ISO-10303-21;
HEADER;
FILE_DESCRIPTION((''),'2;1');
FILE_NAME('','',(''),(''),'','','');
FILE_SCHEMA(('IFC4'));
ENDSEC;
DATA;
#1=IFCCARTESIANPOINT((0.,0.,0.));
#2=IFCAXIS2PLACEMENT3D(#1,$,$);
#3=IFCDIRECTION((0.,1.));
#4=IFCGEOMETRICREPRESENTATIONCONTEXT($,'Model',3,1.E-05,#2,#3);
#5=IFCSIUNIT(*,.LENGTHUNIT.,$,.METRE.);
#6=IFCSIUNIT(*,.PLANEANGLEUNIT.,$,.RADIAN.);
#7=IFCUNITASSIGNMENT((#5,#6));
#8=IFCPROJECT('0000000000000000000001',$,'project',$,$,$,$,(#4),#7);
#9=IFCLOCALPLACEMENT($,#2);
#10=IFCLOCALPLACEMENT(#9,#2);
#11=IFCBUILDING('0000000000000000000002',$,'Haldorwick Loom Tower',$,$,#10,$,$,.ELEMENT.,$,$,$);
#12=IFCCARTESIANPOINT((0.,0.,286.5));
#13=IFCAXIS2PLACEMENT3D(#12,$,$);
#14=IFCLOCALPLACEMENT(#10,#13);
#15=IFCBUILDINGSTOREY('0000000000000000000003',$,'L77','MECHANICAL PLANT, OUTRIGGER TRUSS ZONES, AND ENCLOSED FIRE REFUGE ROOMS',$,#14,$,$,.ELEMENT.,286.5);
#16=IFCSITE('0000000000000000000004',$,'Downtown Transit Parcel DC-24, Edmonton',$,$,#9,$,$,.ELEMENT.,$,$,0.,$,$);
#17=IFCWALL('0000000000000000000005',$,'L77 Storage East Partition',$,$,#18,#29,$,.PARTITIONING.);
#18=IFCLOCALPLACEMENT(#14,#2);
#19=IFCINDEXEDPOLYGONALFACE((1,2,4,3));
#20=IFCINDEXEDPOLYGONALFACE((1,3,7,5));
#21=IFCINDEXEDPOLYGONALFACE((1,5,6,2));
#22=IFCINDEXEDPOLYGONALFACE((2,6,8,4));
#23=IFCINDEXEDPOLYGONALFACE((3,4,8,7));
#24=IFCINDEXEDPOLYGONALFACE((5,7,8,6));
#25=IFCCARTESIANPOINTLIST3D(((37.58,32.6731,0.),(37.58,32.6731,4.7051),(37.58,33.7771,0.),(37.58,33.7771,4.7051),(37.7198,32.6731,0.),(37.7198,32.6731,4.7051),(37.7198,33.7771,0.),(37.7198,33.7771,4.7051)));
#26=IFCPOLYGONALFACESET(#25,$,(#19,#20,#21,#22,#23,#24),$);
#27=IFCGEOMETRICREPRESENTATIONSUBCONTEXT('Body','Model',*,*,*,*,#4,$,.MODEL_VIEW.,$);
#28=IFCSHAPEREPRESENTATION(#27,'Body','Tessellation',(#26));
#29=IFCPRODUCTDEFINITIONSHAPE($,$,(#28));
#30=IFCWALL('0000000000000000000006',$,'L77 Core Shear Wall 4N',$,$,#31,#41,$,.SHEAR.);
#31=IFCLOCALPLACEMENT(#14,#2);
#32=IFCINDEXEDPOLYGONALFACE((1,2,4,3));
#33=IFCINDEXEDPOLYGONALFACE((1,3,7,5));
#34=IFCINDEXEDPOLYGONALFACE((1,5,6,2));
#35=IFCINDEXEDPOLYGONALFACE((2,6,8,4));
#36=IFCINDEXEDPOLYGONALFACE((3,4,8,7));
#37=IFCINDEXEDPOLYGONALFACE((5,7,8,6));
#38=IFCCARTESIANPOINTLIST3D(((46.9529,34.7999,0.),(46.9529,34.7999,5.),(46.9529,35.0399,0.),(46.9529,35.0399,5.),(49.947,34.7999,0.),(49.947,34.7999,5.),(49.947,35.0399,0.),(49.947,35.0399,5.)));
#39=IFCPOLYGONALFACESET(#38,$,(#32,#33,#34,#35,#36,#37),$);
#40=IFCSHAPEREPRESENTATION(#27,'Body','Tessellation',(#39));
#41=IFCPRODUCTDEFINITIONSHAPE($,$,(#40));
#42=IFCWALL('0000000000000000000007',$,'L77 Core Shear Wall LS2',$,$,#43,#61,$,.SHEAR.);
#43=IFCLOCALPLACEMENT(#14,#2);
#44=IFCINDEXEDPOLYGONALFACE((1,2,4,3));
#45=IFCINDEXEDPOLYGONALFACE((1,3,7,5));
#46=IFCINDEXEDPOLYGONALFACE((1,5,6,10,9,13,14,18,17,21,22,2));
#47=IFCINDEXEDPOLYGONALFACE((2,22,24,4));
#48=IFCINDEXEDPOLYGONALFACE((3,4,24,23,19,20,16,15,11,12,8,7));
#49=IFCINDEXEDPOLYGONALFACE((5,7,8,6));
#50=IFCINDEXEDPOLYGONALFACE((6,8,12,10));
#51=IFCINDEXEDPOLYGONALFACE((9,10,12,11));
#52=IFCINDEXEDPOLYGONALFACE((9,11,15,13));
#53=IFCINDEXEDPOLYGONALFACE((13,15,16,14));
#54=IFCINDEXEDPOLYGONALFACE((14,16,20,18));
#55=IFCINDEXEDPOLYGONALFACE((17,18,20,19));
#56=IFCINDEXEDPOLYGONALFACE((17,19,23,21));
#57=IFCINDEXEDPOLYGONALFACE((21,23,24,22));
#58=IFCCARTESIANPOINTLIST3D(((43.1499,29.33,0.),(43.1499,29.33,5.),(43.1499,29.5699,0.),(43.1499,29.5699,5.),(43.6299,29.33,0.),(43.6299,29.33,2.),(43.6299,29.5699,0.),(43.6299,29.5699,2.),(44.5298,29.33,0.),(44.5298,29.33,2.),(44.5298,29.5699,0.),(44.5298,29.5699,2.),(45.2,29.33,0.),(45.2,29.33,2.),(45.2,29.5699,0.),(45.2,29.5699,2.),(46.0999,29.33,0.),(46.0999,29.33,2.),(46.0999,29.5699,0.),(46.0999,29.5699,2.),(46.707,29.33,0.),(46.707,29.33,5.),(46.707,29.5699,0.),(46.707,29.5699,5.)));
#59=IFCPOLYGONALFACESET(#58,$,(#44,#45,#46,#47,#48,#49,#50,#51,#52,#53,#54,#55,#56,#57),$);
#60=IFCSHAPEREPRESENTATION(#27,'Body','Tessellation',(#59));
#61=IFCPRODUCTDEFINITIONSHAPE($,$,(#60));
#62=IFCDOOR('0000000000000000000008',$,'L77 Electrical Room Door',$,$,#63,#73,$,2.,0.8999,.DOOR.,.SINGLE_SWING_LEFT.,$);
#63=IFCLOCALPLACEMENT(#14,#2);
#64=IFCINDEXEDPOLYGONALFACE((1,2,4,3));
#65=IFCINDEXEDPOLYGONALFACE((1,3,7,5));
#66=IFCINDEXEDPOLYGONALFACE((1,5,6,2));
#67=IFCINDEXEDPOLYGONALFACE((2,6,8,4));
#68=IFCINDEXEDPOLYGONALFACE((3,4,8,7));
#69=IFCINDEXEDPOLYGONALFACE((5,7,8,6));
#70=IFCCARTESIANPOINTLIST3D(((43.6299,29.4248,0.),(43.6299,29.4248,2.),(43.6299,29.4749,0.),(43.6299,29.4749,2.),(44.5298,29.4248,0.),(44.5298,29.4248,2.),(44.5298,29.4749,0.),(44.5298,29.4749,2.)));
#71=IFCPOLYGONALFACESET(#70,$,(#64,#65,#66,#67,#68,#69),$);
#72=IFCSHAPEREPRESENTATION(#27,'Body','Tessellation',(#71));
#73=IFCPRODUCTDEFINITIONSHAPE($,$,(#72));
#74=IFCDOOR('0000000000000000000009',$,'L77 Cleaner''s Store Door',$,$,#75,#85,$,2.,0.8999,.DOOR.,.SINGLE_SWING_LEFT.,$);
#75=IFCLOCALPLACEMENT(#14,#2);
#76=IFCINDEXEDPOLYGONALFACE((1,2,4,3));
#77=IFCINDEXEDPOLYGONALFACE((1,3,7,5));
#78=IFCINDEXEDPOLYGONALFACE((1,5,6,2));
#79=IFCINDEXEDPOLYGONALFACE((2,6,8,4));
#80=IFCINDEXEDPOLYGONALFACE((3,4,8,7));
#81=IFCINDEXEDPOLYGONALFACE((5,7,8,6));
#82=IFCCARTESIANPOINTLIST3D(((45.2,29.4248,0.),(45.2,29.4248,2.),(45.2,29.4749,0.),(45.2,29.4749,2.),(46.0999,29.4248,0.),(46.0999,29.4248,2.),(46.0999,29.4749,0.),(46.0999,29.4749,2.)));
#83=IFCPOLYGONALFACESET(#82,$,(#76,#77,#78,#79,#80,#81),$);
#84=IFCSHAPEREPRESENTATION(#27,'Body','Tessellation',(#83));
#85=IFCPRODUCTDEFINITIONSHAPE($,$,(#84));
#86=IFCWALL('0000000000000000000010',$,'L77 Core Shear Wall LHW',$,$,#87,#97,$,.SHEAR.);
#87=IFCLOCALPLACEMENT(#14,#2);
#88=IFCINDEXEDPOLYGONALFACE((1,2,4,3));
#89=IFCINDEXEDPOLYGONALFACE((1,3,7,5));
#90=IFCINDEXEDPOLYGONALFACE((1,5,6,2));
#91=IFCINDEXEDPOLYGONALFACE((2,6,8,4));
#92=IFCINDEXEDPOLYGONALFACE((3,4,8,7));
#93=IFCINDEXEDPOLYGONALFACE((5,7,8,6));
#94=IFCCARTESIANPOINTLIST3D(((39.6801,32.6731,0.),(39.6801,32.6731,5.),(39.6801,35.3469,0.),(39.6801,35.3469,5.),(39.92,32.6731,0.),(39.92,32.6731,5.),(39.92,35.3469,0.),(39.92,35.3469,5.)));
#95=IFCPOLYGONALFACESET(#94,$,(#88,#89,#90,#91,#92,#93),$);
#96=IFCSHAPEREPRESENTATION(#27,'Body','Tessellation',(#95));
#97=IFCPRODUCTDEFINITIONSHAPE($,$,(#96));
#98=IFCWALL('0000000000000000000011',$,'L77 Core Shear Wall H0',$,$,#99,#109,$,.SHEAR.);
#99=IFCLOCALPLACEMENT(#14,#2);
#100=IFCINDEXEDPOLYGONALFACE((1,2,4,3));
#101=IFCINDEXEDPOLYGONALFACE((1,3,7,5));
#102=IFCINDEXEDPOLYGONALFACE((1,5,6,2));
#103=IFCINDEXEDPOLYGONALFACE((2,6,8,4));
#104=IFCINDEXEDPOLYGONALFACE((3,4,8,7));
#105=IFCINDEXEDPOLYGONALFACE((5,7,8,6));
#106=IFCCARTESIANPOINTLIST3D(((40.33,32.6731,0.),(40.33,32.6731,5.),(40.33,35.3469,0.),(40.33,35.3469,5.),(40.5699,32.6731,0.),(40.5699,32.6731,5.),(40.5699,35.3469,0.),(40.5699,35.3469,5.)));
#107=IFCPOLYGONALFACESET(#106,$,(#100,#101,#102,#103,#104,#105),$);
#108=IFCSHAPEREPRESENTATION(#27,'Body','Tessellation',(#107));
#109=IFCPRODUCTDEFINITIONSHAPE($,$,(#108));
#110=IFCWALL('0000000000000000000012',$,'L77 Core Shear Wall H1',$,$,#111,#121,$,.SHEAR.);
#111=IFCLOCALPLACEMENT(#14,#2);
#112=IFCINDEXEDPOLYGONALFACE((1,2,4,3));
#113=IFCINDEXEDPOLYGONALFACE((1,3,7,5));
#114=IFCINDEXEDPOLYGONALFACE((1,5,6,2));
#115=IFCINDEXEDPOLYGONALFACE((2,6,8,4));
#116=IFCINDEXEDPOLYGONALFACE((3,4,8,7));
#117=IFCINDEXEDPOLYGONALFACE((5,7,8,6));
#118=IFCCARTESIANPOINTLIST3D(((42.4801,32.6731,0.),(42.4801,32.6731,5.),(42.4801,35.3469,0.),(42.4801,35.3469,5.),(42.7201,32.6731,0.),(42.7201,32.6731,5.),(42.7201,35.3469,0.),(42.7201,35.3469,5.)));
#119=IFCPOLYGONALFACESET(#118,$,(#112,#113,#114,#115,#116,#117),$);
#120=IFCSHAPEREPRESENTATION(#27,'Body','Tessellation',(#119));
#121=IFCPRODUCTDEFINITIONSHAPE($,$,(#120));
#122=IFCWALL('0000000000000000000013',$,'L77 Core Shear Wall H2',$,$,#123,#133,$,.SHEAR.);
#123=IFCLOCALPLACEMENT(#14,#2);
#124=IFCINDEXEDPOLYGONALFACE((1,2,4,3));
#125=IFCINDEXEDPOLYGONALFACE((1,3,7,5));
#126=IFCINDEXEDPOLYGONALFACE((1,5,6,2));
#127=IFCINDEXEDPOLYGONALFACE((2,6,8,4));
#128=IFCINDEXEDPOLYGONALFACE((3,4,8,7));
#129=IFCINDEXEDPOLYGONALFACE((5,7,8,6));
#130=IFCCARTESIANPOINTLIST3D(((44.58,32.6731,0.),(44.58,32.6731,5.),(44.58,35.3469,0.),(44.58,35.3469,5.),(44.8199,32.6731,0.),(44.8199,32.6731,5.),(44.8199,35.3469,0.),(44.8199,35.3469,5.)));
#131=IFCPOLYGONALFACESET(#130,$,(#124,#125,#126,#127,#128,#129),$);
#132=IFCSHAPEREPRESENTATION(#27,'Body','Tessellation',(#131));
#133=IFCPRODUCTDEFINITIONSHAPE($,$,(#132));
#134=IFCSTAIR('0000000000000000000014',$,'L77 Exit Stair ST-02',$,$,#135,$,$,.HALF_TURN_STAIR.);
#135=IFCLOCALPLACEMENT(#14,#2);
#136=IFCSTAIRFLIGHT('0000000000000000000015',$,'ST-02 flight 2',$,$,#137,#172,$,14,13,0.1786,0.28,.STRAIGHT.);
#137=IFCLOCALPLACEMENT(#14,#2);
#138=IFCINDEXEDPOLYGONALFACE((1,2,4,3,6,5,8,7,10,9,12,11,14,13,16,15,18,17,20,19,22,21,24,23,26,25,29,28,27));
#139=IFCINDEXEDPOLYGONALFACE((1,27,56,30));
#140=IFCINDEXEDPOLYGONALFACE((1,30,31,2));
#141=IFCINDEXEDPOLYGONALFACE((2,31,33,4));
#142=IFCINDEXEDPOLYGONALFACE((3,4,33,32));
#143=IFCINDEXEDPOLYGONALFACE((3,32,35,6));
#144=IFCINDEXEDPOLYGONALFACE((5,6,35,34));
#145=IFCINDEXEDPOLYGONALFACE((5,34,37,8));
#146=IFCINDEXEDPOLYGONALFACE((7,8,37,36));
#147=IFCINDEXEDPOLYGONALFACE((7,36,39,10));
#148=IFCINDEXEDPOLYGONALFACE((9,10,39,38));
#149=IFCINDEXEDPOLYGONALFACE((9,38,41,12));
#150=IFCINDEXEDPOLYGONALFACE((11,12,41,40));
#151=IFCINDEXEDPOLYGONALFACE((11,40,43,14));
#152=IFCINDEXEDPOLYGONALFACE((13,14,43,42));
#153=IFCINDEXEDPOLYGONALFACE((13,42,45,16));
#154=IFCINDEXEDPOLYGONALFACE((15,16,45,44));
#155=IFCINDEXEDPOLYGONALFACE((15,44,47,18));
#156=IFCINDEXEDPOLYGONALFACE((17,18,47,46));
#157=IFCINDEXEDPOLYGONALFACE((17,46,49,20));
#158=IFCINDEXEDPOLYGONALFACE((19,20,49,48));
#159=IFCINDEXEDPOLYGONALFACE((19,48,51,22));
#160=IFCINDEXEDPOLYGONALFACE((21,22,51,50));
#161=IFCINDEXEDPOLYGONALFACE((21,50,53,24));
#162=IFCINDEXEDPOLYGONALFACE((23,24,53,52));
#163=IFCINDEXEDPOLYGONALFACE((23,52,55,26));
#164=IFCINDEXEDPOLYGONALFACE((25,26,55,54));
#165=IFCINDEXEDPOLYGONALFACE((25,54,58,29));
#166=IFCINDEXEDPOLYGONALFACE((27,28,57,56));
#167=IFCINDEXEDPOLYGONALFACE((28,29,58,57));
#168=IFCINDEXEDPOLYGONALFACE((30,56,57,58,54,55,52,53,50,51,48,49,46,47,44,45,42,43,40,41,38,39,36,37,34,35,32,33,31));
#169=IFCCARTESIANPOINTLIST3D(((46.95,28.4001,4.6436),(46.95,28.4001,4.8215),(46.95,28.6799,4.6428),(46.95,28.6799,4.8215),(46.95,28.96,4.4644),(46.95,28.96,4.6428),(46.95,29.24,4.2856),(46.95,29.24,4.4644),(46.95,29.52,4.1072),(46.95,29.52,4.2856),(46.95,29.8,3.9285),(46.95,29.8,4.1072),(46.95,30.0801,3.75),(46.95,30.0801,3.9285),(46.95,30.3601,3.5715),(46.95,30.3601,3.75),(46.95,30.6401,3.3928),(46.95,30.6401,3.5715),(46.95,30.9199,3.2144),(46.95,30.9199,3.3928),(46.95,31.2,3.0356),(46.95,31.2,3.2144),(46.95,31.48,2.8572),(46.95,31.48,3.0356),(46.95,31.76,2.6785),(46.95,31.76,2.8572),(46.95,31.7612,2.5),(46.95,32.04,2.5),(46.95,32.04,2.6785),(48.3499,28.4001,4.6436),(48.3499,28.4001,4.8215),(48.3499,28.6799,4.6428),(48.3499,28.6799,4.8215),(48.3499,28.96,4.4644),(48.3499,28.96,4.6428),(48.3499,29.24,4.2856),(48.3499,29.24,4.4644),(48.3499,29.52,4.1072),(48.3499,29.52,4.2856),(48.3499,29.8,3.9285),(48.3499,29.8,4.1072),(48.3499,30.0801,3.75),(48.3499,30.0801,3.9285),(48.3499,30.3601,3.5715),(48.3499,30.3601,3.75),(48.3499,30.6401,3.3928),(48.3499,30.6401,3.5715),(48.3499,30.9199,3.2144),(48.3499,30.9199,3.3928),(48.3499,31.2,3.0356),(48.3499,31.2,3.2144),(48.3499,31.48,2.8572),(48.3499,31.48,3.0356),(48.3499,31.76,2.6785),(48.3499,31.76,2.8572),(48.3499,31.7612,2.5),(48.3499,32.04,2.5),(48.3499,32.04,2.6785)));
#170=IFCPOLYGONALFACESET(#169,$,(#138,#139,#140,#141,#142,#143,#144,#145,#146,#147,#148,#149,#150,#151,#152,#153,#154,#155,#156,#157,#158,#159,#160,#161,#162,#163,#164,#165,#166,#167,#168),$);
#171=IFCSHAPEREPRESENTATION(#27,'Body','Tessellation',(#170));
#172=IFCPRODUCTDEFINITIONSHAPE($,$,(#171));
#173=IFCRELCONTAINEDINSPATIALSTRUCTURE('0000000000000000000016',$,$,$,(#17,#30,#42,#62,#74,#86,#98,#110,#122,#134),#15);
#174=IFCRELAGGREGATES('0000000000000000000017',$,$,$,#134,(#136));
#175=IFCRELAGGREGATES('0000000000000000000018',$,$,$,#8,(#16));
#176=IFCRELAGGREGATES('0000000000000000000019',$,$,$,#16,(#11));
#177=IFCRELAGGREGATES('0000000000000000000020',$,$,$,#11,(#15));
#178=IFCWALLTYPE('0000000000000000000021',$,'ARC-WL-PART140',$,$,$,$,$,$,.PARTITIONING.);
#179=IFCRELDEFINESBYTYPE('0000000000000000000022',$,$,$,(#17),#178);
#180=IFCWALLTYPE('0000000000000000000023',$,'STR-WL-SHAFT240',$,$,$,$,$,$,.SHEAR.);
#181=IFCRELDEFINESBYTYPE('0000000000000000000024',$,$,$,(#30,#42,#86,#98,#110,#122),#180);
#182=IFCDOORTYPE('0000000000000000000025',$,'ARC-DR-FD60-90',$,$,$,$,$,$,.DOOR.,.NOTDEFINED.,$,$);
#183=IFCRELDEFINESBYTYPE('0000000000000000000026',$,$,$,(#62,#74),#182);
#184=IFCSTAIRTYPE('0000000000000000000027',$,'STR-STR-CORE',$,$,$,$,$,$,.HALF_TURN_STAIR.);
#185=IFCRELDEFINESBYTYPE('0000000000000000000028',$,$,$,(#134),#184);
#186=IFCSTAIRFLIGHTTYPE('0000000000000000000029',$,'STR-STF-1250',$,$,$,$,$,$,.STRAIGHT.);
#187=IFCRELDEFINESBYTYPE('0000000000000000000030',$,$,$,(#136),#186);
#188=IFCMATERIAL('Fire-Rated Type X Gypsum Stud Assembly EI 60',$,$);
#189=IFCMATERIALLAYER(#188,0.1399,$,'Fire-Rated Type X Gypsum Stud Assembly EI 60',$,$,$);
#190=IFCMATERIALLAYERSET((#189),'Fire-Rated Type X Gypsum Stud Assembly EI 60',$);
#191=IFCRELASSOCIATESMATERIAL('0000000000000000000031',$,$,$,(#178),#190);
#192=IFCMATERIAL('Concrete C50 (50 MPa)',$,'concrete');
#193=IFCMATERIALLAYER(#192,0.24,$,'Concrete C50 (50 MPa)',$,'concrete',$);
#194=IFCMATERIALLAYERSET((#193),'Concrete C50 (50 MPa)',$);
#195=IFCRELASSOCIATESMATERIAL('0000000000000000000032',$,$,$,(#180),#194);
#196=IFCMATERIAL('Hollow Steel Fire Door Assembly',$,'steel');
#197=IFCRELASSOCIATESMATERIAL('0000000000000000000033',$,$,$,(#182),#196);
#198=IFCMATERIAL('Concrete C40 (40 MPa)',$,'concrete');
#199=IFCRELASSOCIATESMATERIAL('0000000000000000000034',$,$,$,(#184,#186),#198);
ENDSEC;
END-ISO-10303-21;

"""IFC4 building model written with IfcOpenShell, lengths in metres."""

from ifc_helpers import new_model, si_unit, direction, frame, frame_2d, origin, place, context, subcontext, project, spatial, polyline, rectangle, outline, extrude, material, layer, layer_set, type_object, element, fill, aggregate, save


model = new_model("IFC4")

# Units and contexts
model_context = context("Model", 3, precision=1e-05, world=origin(), true_north=direction((0.0, 1.0)))
body_context = subcontext(model_context, "Body", "Model", "MODEL_VIEW")
ifc_project = project(units=[si_unit("LENGTHUNIT", "METRE"), si_unit("PLANEANGLEUNIT", "RADIAN")], contexts=[model_context])

# Site, building, storey
site_placement = place(None, origin())
site = spatial("IfcSite", under=ifc_project, at=site_placement, Name="Downtown Transit Parcel DC-24, Edmonton", CompositionType="ELEMENT", RefElevation=0.0)
building_placement = place(site_placement, origin())
building = spatial("IfcBuilding", under=site, at=building_placement, Name="Haldorwick Loom Tower", CompositionType="ELEMENT")
storey_placement = place(building_placement, frame((0.0, 0.0, 286.5)))
storey = spatial("IfcBuildingStorey", under=building, at=storey_placement, Name="L77", Description="MECHANICAL PLANT, OUTRIGGER TRUSS ZONES, AND ENCLOSED FIRE REFUGE ROOMS", CompositionType="ELEMENT", Elevation=286.5)

# Shared definitions
ifc_material_1 = material(Name="Concrete C50 (50 MPa)", Category="concrete")

# Walls
ifc_material_2 = material(Name="Fire-Rated Type X Gypsum Stud Assembly EI 60")
ifc_layer_1 = layer(ifc_material_2, 0.1399, Name="Fire-Rated Type X Gypsum Stud Assembly EI 60")
ifc_layer_set_1 = layer_set([ifc_layer_1], Name="Fire-Rated Type X Gypsum Stud Assembly EI 60")
wall_type_1 = type_object("IfcWallType", Name="ARC-WL-PART140", PredefinedType="PARTITIONING", material=ifc_layer_set_1)
wall_1_placement = place(storey_placement, frame((37.6499, 32.6731, 0.0), z_axis=(0.0, 0.0, 1.0), x_axis=(0.0, 1.0, 0.0)))
element("IfcWall", 1, at=wall_1_placement, inside=storey, type_object=wall_type_1, Name="L77 Storage East Partition", PredefinedType="PARTITIONING", context=body_context, shape_type="SweptSolid", body=[
    extrude(rectangle(XDim=1.104, YDim=0.1399, at=frame_2d((0.552, 0.0))), origin(), (0.0, 0.0, 1.0), 4.7051),
])
ifc_layer_2 = layer(ifc_material_1, 0.24, Name="Concrete C50 (50 MPa)", Category="concrete")
ifc_layer_set_2 = layer_set([ifc_layer_2], Name="Concrete C50 (50 MPa)")
wall_type_2 = type_object("IfcWallType", Name="STR-WL-SHAFT240", PredefinedType="SHEAR", material=ifc_layer_set_2)
wall_2_placement = place(storey_placement, frame((46.9529, 34.9199, 0.0), z_axis=(0.0, 0.0, 1.0), x_axis=(1.0, 0.0, 0.0)))
element("IfcWall", 2, at=wall_2_placement, inside=storey, type_object=wall_type_2, Name="L77 Core Shear Wall 4N", PredefinedType="SHEAR", context=body_context, shape_type="SweptSolid", body=[
    extrude(rectangle(XDim=2.9941, YDim=0.24, at=frame_2d((1.4971, 0.0))), origin(), (0.0, 0.0, 1.0), 5.0),
])

# Wall, openings, doors
wall_3_placement = place(storey_placement, frame((43.1499, 29.45, 0.0), z_axis=(0.0, 0.0, 1.0), x_axis=(1.0, 0.0, 0.0)))
wall_3 = element("IfcWall", 3, at=wall_3_placement, inside=storey, type_object=wall_type_2, Name="L77 Core Shear Wall LS2", PredefinedType="SHEAR", context=body_context, shape_type="SweptSolid", body=[
    extrude(rectangle(XDim=3.5571, YDim=0.24, at=frame_2d((1.7786, 0.0))), origin(), (0.0, 0.0, 1.0), 5.0),
])
opening_1_placement = place(wall_3_placement, frame((0.48, 0.0, 0.0)))
opening_1 = element("IfcOpeningElement", 4, at=opening_1_placement, cuts=wall_3, PredefinedType="OPENING", context=body_context, shape_type="SweptSolid", body=[
    extrude(rectangle(XDim=0.8999, YDim=2.0, at=frame_2d((0.45, 1.0))), frame((0.0, 0.1299, 0.0), z_axis=(0.0, -1.0, 0.0), x_axis=(1.0, 0.0, 0.0)), (0.0, 0.0, 1.0), 0.26),
])
opening_2_placement = place(wall_3_placement, frame((2.05, 0.0, 0.0)))
opening_2 = element("IfcOpeningElement", 5, at=opening_2_placement, cuts=wall_3, PredefinedType="OPENING", context=body_context, shape_type="SweptSolid", body=[
    extrude(rectangle(XDim=0.8999, YDim=2.0, at=frame_2d((0.45, 1.0))), frame((0.0, 0.1299, 0.0), z_axis=(0.0, -1.0, 0.0), x_axis=(1.0, 0.0, 0.0)), (0.0, 0.0, 1.0), 0.26),
])
ifc_material_3 = material(Name="Hollow Steel Fire Door Assembly", Category="steel")
door_type = type_object("IfcDoorType", Name="ARC-DR-FD60-90", OperationType="NOTDEFINED", PredefinedType="DOOR", material=ifc_material_3)
door_1_placement = place(opening_1_placement, origin())
door_1 = element("IfcDoor", 6, at=door_1_placement, inside=storey, type_object=door_type, Name="L77 Electrical Room Door", OperationType="SINGLE_SWING_LEFT", OverallHeight=2.0, OverallWidth=0.8999, PredefinedType="DOOR", context=body_context, shape_type="SweptSolid", body=[
    extrude(rectangle(XDim=0.8999, YDim=2.0, at=frame_2d((0.45, 1.0))), frame((0.0, 0.0249, 0.0), z_axis=(0.0, -1.0, 0.0), x_axis=(1.0, 0.0, 0.0)), (0.0, 0.0, 1.0), 0.05),
])
fill(opening_1, door_1)
door_2_placement = place(opening_2_placement, origin())
door_2 = element("IfcDoor", 7, at=door_2_placement, inside=storey, type_object=door_type, Name="L77 Cleaner's Store Door", OperationType="SINGLE_SWING_LEFT", OverallHeight=2.0, OverallWidth=0.8999, PredefinedType="DOOR", context=body_context, shape_type="SweptSolid", body=[
    extrude(rectangle(XDim=0.8999, YDim=2.0, at=frame_2d((0.45, 1.0))), frame((0.0, 0.0249, 0.0), z_axis=(0.0, -1.0, 0.0), x_axis=(1.0, 0.0, 0.0)), (0.0, 0.0, 1.0), 0.05),
])
fill(opening_2, door_2)

# Walls
for number, where, z_axis, x_axis, name in (
    (8, (39.8, 32.6731, 0.0), (0.0, 0.0, 1.0), (0.0, 1.0, 0.0), "L77 Core Shear Wall LHW"),
    (9, (40.45, 32.6731, 0.0), (0.0, 0.0, 1.0), (0.0, 1.0, 0.0), "L77 Core Shear Wall H0"),
    (10, (42.6001, 32.6731, 0.0), (0.0, 0.0, 1.0), (0.0, 1.0, 0.0), "L77 Core Shear Wall H1"),
    (11, (44.7, 32.6731, 0.0), (0.0, 0.0, 1.0), (0.0, 1.0, 0.0), "L77 Core Shear Wall H2"),
):
    element("IfcWall", number, at=place(storey_placement, frame(where, z_axis=z_axis, x_axis=x_axis)), inside=storey, type_object=wall_type_2, Name=name, PredefinedType="SHEAR", context=body_context, shape_type="SweptSolid", body=[
        extrude(rectangle(XDim=2.6738, YDim=0.24, at=frame_2d((1.3369, 0.0))), origin(), (0.0, 0.0, 1.0), 5.0),
    ])

# Stair, stair flight
ifc_material_4 = material(Name="Concrete C40 (40 MPa)", Category="concrete")
stair_type = type_object("IfcStairType", Name="STR-STR-CORE", PredefinedType="HALF_TURN_STAIR", material=ifc_material_4)
stair_placement = place(storey_placement, origin())
stair = element("IfcStair", 12, at=stair_placement, inside=storey, type_object=stair_type, Name="L77 Exit Stair ST-02", PredefinedType="HALF_TURN_STAIR")
stair_flight_type = type_object("IfcStairFlightType", Name="STR-STF-1250", PredefinedType="STRAIGHT", material=ifc_material_4)
stair_flight_placement = place(storey_placement, frame((47.6499, 32.04, 2.5), z_axis=(0.0, 0.0, 1.0), x_axis=(0.0, -1.0, 0.0)))
stair_flight = element("IfcStairFlight", 13, at=stair_flight_placement, type_object=stair_flight_type, Name="ST-02 flight 2", NumberOfRisers=14, NumberOfTreads=13, PredefinedType="STRAIGHT", RiserHeight=0.1786, TreadLength=0.28, context=body_context, shape_type="SweptSolid", body=[
    extrude(outline(polyline([(0.0, 0.0), (0.0, 0.1785), (0.28, 0.1785), (0.28, 0.3572), (0.5601, 0.3572), (0.5601, 0.5356), (0.8401, 0.5356), (0.8401, 0.7144), (1.1201, 0.7144), (1.1201, 0.8928), (1.3999, 0.8928), (1.3999, 1.0715), (1.6799, 1.0715), (1.6799, 1.25), (1.96, 1.25), (1.96, 1.4285), (2.24, 1.4285), (2.24, 1.6072), (2.52, 1.6072), (2.52, 1.7856), (2.8, 1.7856), (2.8, 1.9644), (3.0801, 1.9644), (3.0801, 2.1428), (3.3601, 2.1428), (3.3601, 2.3215), (3.6399, 2.3215), (3.6399, 2.5), (3.6399, 2.1436), (0.2788, 0.0), (0.0, 0.0)])), frame((0.0, 0.7, 0.0), z_axis=(0.0, -1.0, 0.0), x_axis=(1.0, 0.0, 0.0)), (0.0, 0.0, 1.0), 1.3999),
])
aggregate(stair, [stair_flight])

save(model, "model.ifc")
